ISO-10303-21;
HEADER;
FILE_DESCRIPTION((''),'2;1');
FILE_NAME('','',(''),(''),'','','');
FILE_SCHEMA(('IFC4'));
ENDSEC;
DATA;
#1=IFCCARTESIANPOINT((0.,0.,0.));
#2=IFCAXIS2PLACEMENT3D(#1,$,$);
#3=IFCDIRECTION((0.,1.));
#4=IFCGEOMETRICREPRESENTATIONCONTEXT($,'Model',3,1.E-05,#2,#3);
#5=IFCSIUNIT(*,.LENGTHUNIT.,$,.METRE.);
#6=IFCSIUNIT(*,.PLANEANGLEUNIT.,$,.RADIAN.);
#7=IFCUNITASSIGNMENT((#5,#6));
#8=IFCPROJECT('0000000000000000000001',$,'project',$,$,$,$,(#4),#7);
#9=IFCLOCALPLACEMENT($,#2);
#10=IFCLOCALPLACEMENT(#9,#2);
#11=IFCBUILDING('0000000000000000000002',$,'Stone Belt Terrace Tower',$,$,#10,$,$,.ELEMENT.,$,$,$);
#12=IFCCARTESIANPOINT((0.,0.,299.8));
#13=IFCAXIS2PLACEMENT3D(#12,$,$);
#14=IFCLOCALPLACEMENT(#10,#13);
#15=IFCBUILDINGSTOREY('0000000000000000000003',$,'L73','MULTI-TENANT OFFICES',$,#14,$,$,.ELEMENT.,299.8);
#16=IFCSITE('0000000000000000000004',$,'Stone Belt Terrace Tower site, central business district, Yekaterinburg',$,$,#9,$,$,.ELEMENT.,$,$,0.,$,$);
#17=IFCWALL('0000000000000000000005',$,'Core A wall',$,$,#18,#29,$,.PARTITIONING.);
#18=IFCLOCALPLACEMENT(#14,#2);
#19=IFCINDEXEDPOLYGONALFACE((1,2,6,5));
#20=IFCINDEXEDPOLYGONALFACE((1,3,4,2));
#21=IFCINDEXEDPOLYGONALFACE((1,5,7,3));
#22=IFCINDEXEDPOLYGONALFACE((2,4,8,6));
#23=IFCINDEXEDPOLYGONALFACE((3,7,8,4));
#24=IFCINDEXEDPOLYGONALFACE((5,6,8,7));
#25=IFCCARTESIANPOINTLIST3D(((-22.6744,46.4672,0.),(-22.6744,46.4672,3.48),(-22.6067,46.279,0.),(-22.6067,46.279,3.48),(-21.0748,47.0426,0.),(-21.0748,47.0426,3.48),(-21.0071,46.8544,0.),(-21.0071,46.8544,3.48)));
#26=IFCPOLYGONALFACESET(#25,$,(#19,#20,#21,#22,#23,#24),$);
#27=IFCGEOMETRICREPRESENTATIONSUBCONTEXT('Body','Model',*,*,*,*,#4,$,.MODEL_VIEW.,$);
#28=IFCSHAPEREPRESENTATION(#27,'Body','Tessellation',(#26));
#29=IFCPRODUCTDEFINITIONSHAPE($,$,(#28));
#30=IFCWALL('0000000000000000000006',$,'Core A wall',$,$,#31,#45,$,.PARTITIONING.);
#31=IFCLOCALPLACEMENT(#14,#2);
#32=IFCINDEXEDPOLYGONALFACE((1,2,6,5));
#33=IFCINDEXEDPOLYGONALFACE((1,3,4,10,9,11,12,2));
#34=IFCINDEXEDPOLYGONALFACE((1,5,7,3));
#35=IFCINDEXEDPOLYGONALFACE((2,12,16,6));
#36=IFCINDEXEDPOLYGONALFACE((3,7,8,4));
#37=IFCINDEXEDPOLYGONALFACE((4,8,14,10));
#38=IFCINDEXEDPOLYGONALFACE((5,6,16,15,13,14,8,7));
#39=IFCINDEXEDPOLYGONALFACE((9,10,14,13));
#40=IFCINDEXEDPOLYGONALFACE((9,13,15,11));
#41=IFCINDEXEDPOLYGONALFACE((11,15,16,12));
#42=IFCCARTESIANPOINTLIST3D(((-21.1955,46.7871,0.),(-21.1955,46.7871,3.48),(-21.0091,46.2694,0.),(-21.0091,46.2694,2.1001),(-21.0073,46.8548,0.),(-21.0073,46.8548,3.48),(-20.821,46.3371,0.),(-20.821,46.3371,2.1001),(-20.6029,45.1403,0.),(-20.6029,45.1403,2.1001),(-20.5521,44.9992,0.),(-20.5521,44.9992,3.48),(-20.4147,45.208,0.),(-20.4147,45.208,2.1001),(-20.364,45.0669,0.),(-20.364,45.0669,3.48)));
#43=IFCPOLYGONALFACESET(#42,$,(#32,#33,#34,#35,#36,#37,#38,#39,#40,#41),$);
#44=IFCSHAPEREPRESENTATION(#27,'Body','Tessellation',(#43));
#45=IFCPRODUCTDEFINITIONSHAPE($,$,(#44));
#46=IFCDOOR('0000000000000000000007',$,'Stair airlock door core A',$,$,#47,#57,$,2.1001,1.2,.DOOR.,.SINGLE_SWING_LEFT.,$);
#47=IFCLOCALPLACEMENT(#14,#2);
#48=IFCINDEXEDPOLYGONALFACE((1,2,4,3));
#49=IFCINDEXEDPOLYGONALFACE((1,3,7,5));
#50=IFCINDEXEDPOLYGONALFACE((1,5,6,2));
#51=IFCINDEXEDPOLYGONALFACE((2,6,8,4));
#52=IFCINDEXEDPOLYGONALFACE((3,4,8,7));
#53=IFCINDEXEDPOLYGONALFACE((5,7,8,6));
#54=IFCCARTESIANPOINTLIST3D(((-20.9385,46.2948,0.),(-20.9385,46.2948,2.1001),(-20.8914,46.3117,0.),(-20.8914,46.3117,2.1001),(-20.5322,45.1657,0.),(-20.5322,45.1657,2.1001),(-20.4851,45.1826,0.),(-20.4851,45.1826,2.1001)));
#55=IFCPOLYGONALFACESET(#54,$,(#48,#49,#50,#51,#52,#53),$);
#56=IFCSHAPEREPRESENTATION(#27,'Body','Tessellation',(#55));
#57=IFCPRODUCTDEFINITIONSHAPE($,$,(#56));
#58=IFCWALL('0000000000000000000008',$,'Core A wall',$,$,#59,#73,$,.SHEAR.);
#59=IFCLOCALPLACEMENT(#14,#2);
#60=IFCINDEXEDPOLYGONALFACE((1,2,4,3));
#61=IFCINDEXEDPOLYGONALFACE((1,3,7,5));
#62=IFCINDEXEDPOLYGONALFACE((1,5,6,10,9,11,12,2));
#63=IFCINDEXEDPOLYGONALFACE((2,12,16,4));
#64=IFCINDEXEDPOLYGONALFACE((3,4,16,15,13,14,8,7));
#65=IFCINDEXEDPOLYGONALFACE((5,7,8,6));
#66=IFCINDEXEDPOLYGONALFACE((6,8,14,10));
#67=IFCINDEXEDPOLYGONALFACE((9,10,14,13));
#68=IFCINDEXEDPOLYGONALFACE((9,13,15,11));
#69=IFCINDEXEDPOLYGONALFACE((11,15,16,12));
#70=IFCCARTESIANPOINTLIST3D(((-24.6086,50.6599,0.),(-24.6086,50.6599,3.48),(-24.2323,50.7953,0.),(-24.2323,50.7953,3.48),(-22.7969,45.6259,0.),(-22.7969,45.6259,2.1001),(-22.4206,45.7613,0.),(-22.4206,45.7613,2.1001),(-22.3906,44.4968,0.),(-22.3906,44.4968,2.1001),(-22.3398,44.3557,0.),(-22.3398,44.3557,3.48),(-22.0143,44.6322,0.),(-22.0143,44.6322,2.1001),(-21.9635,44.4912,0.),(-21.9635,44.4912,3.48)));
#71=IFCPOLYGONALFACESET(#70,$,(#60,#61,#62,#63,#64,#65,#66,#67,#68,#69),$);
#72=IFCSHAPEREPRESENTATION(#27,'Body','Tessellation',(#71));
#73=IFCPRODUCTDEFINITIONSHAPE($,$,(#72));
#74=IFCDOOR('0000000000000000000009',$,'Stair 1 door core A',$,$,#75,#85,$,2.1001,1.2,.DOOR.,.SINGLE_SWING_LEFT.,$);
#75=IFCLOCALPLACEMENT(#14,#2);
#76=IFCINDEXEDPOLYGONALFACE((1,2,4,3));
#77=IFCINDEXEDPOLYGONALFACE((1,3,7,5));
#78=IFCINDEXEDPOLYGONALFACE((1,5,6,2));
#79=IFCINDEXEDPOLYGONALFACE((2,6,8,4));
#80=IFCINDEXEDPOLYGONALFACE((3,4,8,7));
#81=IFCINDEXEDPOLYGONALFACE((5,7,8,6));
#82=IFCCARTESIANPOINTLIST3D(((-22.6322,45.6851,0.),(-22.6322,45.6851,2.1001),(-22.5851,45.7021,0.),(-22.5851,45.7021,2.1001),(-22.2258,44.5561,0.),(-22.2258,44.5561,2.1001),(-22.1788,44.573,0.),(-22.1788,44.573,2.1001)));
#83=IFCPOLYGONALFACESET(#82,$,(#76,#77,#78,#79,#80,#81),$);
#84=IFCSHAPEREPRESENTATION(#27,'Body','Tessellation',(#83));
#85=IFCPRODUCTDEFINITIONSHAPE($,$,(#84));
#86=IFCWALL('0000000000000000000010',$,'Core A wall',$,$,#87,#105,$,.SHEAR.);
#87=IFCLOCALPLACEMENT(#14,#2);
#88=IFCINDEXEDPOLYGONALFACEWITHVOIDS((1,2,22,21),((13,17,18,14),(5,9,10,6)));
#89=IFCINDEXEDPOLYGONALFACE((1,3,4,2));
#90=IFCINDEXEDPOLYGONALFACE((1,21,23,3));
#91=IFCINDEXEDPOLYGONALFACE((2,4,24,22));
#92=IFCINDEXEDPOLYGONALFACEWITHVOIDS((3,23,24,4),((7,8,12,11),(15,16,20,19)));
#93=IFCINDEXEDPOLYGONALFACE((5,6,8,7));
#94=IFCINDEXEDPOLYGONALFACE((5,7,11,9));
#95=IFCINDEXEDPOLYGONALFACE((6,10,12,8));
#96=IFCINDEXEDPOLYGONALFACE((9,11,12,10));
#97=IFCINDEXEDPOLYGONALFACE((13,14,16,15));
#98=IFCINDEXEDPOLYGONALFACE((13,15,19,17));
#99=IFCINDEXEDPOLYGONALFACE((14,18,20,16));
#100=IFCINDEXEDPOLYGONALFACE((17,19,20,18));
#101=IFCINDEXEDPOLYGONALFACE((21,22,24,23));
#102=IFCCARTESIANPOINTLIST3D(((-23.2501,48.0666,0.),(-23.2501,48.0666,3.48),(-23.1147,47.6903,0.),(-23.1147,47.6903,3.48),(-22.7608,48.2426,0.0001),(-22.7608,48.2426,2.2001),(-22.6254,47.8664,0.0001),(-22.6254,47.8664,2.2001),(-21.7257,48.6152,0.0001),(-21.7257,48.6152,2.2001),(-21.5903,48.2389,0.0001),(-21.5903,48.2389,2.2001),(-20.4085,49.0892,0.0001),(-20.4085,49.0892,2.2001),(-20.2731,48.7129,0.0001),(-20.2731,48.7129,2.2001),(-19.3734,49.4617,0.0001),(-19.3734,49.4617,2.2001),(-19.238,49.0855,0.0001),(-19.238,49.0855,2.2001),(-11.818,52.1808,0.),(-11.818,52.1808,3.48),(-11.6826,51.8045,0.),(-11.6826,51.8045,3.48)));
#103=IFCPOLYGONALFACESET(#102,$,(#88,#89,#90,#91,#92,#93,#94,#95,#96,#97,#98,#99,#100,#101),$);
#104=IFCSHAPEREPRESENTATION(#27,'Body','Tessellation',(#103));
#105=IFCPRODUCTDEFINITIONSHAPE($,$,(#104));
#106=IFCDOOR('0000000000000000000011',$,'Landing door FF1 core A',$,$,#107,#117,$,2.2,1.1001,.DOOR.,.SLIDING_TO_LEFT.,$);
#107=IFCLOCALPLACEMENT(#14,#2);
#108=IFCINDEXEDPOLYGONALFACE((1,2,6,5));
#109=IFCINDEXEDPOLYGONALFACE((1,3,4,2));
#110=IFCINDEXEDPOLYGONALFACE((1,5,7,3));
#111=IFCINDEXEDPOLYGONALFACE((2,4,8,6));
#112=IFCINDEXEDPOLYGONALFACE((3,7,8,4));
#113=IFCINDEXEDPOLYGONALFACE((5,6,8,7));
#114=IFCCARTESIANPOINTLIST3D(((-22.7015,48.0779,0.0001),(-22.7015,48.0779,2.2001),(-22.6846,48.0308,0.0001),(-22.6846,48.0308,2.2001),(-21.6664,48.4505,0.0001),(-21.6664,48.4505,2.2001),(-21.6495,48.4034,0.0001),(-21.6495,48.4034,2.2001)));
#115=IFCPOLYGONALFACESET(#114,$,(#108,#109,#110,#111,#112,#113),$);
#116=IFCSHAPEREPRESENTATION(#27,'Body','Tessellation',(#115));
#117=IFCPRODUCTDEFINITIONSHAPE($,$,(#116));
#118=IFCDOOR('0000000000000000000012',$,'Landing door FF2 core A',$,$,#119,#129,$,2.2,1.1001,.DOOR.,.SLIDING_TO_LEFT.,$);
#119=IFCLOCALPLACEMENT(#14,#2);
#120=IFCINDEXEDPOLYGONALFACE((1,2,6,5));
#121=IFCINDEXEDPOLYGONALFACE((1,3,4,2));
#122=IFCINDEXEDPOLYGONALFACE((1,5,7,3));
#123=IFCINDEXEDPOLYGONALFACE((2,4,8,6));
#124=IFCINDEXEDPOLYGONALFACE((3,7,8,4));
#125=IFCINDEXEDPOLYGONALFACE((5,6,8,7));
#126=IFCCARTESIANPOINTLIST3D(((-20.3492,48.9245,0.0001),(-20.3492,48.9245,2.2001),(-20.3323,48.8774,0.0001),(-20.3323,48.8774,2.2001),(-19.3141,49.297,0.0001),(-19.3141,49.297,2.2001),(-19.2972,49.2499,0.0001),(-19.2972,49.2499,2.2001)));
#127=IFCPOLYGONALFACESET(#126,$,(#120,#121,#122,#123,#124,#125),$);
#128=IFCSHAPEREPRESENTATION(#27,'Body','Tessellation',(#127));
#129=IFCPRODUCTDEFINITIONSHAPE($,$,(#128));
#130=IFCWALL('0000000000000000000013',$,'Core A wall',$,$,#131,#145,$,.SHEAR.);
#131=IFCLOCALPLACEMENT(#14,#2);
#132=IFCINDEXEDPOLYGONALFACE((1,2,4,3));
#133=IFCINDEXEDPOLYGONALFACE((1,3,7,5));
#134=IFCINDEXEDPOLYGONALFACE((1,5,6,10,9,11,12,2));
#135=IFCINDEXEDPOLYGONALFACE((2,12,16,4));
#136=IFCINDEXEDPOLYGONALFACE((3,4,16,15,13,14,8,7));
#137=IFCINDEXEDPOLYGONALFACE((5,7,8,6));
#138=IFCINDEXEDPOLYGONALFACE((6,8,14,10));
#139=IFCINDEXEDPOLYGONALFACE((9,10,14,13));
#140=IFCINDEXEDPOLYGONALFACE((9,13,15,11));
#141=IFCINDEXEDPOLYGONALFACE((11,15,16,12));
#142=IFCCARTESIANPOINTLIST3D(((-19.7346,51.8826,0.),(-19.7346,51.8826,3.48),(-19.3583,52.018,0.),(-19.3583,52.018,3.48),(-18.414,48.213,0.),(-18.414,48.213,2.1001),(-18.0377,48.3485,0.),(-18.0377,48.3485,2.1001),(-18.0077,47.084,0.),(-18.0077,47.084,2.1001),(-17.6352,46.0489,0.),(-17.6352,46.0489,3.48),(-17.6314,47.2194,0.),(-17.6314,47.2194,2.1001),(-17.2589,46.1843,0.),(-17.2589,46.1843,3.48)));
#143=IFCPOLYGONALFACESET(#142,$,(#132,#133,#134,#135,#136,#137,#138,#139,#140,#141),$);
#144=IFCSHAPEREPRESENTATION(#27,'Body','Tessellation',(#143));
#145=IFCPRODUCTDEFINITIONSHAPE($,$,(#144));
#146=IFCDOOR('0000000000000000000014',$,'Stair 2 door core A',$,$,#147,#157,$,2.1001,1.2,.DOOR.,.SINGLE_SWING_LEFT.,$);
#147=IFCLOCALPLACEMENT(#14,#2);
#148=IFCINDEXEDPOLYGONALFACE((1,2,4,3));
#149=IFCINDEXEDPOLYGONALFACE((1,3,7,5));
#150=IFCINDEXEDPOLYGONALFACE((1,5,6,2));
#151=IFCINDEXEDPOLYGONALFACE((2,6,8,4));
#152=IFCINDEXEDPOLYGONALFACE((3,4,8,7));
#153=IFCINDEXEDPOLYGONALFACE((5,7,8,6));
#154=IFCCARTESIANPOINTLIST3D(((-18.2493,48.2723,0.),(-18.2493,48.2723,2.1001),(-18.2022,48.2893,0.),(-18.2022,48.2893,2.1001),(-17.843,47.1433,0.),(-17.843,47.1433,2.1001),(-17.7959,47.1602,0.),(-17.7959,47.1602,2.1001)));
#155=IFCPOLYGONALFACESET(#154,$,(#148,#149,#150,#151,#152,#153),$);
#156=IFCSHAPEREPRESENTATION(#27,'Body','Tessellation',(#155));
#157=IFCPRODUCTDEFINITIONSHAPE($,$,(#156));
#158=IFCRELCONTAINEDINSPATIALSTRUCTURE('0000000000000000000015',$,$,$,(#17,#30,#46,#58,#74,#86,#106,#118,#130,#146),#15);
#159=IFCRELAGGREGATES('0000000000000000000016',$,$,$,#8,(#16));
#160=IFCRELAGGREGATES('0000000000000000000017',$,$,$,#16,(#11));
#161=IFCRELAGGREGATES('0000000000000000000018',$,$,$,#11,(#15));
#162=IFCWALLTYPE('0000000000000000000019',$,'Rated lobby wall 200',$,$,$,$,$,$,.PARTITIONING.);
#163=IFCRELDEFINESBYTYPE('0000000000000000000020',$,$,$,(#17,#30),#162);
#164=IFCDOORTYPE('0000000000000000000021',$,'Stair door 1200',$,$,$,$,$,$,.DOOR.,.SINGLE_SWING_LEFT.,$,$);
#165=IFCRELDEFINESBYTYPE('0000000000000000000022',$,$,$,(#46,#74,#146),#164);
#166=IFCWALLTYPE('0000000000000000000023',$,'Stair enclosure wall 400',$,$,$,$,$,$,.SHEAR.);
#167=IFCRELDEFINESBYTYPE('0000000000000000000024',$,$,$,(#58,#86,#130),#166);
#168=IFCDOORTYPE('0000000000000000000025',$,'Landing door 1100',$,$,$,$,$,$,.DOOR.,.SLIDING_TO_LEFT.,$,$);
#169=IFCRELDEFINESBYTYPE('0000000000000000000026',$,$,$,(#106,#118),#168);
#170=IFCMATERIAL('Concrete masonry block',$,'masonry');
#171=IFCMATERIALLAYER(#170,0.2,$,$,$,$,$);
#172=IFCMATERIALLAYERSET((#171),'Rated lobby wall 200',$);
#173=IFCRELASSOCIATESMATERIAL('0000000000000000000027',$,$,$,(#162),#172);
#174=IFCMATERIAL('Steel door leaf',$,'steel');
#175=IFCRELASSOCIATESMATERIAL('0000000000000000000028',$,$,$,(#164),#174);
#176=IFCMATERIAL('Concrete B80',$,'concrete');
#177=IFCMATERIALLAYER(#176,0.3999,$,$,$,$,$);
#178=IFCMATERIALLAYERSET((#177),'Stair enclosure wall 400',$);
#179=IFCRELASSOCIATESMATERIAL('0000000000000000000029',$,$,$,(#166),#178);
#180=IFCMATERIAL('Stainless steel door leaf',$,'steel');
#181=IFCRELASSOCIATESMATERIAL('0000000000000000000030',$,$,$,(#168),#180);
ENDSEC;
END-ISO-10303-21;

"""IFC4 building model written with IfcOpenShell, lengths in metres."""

from ifc_helpers import new_model, si_unit, direction, frame, frame_2d, origin, place, context, subcontext, project, spatial, rectangle, extrude, material, layer, layer_set, type_object, element, fill, save


model = new_model("IFC4")

# Units and contexts
model_context = context("Model", 3, precision=1e-05, world=origin(), true_north=direction((0.0, 1.0)))
body_context = subcontext(model_context, "Body", "Model", "MODEL_VIEW")
ifc_project = project(units=[si_unit("LENGTHUNIT", "METRE"), si_unit("PLANEANGLEUNIT", "RADIAN")], contexts=[model_context])

# Site, building, storey
site_placement = place(None, origin())
site = spatial("IfcSite", under=ifc_project, at=site_placement, Name="Stone Belt Terrace Tower site, central business district, Yekaterinburg", CompositionType="ELEMENT", RefElevation=0.0)
building_placement = place(site_placement, origin())
building = spatial("IfcBuilding", under=site, at=building_placement, Name="Stone Belt Terrace Tower", CompositionType="ELEMENT")
storey_placement = place(building_placement, frame((0.0, 0.0, 299.8)))
storey = spatial("IfcBuildingStorey", under=building, at=storey_placement, Name="L73", Description="MULTI-TENANT OFFICES", CompositionType="ELEMENT", Elevation=299.8)

# Wall
ifc_material_1 = material(Name="Concrete masonry block", Category="masonry")
ifc_layer_1 = layer(ifc_material_1, 0.2)
ifc_layer_set_1 = layer_set([ifc_layer_1], Name="Rated lobby wall 200")
wall_type_1 = type_object("IfcWallType", Name="Rated lobby wall 200", PredefinedType="PARTITIONING", material=ifc_layer_set_1)
wall_1_placement = place(storey_placement, frame((-22.6406, 46.373, 0.0), z_axis=(0.0, 0.0, 1.0), x_axis=(0.940966, 0.338501, 0.0)))
element("IfcWall", 1, at=wall_1_placement, inside=storey, type_object=wall_type_1, Name="Core A wall", PredefinedType="PARTITIONING", context=body_context, shape_type="SweptSolid", body=[
    extrude(rectangle(XDim=1.7, YDim=0.2, at=frame_2d((0.8501, 0.0))), origin(), (0.0, 0.0, 1.0), 3.48),
])

# Walls, openings, doors
wall_2_placement = place(storey_placement, frame((-20.458, 45.033, 0.0), z_axis=(0.0, 0.0, 1.0), x_axis=(-0.338574, 0.94094, 0.0)))
wall_2 = element("IfcWall", 2, at=wall_2_placement, inside=storey, type_object=wall_type_1, Name="Core A wall", PredefinedType="PARTITIONING", context=body_context, shape_type="SweptSolid", body=[
    extrude(rectangle(XDim=1.9001, YDim=0.2, at=frame_2d((0.9502, 0.0))), origin(), (0.0, 0.0, 1.0), 3.48),
])
opening_1_placement = place(wall_2_placement, frame((0.1499, 0.0, 0.0)))
opening_1 = element("IfcOpeningElement", 3, at=opening_1_placement, cuts=wall_2, PredefinedType="OPENING", context=body_context, shape_type="SweptSolid", body=[
    extrude(rectangle(XDim=1.2, YDim=2.1001, at=frame_2d((0.6001, 1.05))), frame((0.0, 0.1099, 0.0), z_axis=(0.0, -1.0, 0.0), x_axis=(1.0, 0.0, 0.0)), (0.0, 0.0, 1.0), 0.22),
])
ifc_material_2 = material(Name="Steel door leaf", Category="steel")
door_type_1 = type_object("IfcDoorType", Name="Stair door 1200", OperationType="SINGLE_SWING_LEFT", PredefinedType="DOOR", material=ifc_material_2)
door_1_placement = place(opening_1_placement, origin())
door_1 = element("IfcDoor", 4, at=door_1_placement, inside=storey, type_object=door_type_1, Name="Stair airlock door core A", OperationType="SINGLE_SWING_LEFT", OverallHeight=2.1001, OverallWidth=1.2, PredefinedType="DOOR", context=body_context, shape_type="SweptSolid", body=[
    extrude(rectangle(XDim=1.2, YDim=2.1001, at=frame_2d((0.6001, 1.05))), frame((0.0, 0.0249, 0.0), z_axis=(0.0, -1.0, 0.0), x_axis=(1.0, 0.0, 0.0)), (0.0, 0.0, 1.0), 0.05),
])
fill(opening_1, door_1)
ifc_material_3 = material(Name="Concrete B80", Category="concrete")
ifc_layer_2 = layer(ifc_material_3, 0.3999)
ifc_layer_set_2 = layer_set([ifc_layer_2], Name="Stair enclosure wall 400")
wall_type_2 = type_object("IfcWallType", Name="Stair enclosure wall 400", PredefinedType="SHEAR", material=ifc_layer_set_2)
wall_3_placement = place(storey_placement, frame((-22.1516, 44.4233, 0.0), z_axis=(0.0, 0.0, 1.0), x_axis=(-0.338625, 0.940921, 0.0)))
wall_3 = element("IfcWall", 5, at=wall_3_placement, inside=storey, type_object=wall_type_2, Name="Core A wall", PredefinedType="SHEAR", context=body_context, shape_type="SweptSolid", body=[
    extrude(rectangle(XDim=6.7, YDim=0.3999, at=frame_2d((3.3501, 0.0))), origin(), (0.0, 0.0, 1.0), 3.48),
])
opening_2_placement = place(wall_3_placement, frame((0.1499, 0.0, 0.0)))
opening_2 = element("IfcOpeningElement", 6, at=opening_2_placement, cuts=wall_3, PredefinedType="OPENING", context=body_context, shape_type="SweptSolid", body=[
    extrude(rectangle(XDim=1.2, YDim=2.1001, at=frame_2d((0.6001, 1.05))), frame((0.0, 0.21, 0.0), z_axis=(0.0, -1.0, 0.0), x_axis=(1.0, 0.0, 0.0)), (0.0, 0.0, 1.0), 0.4199),
])
door_2_placement = place(opening_2_placement, origin())
door_2 = element("IfcDoor", 7, at=door_2_placement, inside=storey, type_object=door_type_1, Name="Stair 1 door core A", OperationType="SINGLE_SWING_LEFT", OverallHeight=2.1001, OverallWidth=1.2, PredefinedType="DOOR", context=body_context, shape_type="SweptSolid", body=[
    extrude(rectangle(XDim=1.2, YDim=2.1001, at=frame_2d((0.6001, 1.05))), frame((0.0, 0.0249, 0.0), z_axis=(0.0, -1.0, 0.0), x_axis=(1.0, 0.0, 0.0)), (0.0, 0.0, 1.0), 0.05),
])
fill(opening_2, door_2)

# Wall, openings, doors
wall_4_placement = place(storey_placement, frame((-23.1824, 47.8784, 0.0), z_axis=(0.0, 0.0, 1.0), x_axis=(0.940922, 0.338624, 0.0)))
wall_4 = element("IfcWall", 8, at=wall_4_placement, inside=storey, type_object=wall_type_2, Name="Core A wall", PredefinedType="SHEAR", context=body_context, shape_type="SweptSolid", body=[
    extrude(rectangle(XDim=12.1499, YDim=0.3999, at=frame_2d((6.075, 0.0))), origin(), (0.0, 0.0, 1.0), 3.48),
])
opening_3_placement = place(wall_4_placement, frame((0.52, 0.0, 0.0)))
opening_3 = element("IfcOpeningElement", 9, at=opening_3_placement, cuts=wall_4, PredefinedType="OPENING", context=body_context, shape_type="SweptSolid", body=[
    extrude(rectangle(XDim=1.1001, YDim=2.2, at=frame_2d((0.55, 1.1001))), frame((0.0, 0.21, 0.0), z_axis=(0.0, -1.0, 0.0), x_axis=(1.0, 0.0, 0.0)), (0.0, 0.0, 1.0), 0.4199),
])
opening_4_placement = place(wall_4_placement, frame((3.02, 0.0, 0.0)))
opening_4 = element("IfcOpeningElement", 10, at=opening_4_placement, cuts=wall_4, PredefinedType="OPENING", context=body_context, shape_type="SweptSolid", body=[
    extrude(rectangle(XDim=1.1001, YDim=2.2, at=frame_2d((0.55, 1.1001))), frame((0.0, 0.21, 0.0), z_axis=(0.0, -1.0, 0.0), x_axis=(1.0, 0.0, 0.0)), (0.0, 0.0, 1.0), 0.4199),
])
ifc_material_4 = material(Name="Stainless steel door leaf", Category="steel")
door_type_2 = type_object("IfcDoorType", Name="Landing door 1100", OperationType="SLIDING_TO_LEFT", PredefinedType="DOOR", material=ifc_material_4)
door_3_placement = place(opening_3_placement, origin())
door_3 = element("IfcDoor", 11, at=door_3_placement, inside=storey, type_object=door_type_2, Name="Landing door FF1 core A", OperationType="SLIDING_TO_LEFT", OverallHeight=2.2, OverallWidth=1.1001, PredefinedType="DOOR", context=body_context, shape_type="SweptSolid", body=[
    extrude(rectangle(XDim=1.1001, YDim=2.2, at=frame_2d((0.55, 1.1001))), frame((0.0, 0.0249, 0.0), z_axis=(0.0, -1.0, 0.0), x_axis=(1.0, 0.0, 0.0)), (0.0, 0.0, 1.0), 0.05),
])
fill(opening_3, door_3)
door_4_placement = place(opening_4_placement, origin())
door_4 = element("IfcDoor", 12, at=door_4_placement, inside=storey, type_object=door_type_2, Name="Landing door FF2 core A", OperationType="SLIDING_TO_LEFT", OverallHeight=2.2, OverallWidth=1.1001, PredefinedType="DOOR", context=body_context, shape_type="SweptSolid", body=[
    extrude(rectangle(XDim=1.1001, YDim=2.2, at=frame_2d((0.55, 1.1001))), frame((0.0, 0.0249, 0.0), z_axis=(0.0, -1.0, 0.0), x_axis=(1.0, 0.0, 0.0)), (0.0, 0.0, 1.0), 0.05),
])
fill(opening_4, door_4)

# Wall, opening, door
wall_5_placement = place(storey_placement, frame((-17.447, 46.1165, 0.0), z_axis=(0.0, 0.0, 1.0), x_axis=(-0.338608, 0.940928, 0.0)))
wall_5 = element("IfcWall", 13, at=wall_5_placement, inside=storey, type_object=wall_type_2, Name="Core A wall", PredefinedType="SHEAR", context=body_context, shape_type="SweptSolid", body=[
    extrude(rectangle(XDim=6.2, YDim=0.3999, at=frame_2d((3.1001, 0.0))), origin(), (0.0, 0.0, 1.0), 3.48),
])
opening_5_placement = place(wall_5_placement, frame((1.1001, 0.0, 0.0)))
opening_5 = element("IfcOpeningElement", 14, at=opening_5_placement, cuts=wall_5, PredefinedType="OPENING", context=body_context, shape_type="SweptSolid", body=[
    extrude(rectangle(XDim=1.2, YDim=2.1001, at=frame_2d((0.6001, 1.05))), frame((0.0, 0.21, 0.0), z_axis=(0.0, -1.0, 0.0), x_axis=(1.0, 0.0, 0.0)), (0.0, 0.0, 1.0), 0.4199),
])
door_5_placement = place(opening_5_placement, origin())
door_5 = element("IfcDoor", 15, at=door_5_placement, inside=storey, type_object=door_type_1, Name="Stair 2 door core A", OperationType="SINGLE_SWING_LEFT", OverallHeight=2.1001, OverallWidth=1.2, PredefinedType="DOOR", context=body_context, shape_type="SweptSolid", body=[
    extrude(rectangle(XDim=1.2, YDim=2.1001, at=frame_2d((0.6001, 1.05))), frame((0.0, 0.0249, 0.0), z_axis=(0.0, -1.0, 0.0), x_axis=(1.0, 0.0, 0.0)), (0.0, 0.0, 1.0), 0.05),
])
fill(opening_5, door_5)

save(model, "model.ifc")
